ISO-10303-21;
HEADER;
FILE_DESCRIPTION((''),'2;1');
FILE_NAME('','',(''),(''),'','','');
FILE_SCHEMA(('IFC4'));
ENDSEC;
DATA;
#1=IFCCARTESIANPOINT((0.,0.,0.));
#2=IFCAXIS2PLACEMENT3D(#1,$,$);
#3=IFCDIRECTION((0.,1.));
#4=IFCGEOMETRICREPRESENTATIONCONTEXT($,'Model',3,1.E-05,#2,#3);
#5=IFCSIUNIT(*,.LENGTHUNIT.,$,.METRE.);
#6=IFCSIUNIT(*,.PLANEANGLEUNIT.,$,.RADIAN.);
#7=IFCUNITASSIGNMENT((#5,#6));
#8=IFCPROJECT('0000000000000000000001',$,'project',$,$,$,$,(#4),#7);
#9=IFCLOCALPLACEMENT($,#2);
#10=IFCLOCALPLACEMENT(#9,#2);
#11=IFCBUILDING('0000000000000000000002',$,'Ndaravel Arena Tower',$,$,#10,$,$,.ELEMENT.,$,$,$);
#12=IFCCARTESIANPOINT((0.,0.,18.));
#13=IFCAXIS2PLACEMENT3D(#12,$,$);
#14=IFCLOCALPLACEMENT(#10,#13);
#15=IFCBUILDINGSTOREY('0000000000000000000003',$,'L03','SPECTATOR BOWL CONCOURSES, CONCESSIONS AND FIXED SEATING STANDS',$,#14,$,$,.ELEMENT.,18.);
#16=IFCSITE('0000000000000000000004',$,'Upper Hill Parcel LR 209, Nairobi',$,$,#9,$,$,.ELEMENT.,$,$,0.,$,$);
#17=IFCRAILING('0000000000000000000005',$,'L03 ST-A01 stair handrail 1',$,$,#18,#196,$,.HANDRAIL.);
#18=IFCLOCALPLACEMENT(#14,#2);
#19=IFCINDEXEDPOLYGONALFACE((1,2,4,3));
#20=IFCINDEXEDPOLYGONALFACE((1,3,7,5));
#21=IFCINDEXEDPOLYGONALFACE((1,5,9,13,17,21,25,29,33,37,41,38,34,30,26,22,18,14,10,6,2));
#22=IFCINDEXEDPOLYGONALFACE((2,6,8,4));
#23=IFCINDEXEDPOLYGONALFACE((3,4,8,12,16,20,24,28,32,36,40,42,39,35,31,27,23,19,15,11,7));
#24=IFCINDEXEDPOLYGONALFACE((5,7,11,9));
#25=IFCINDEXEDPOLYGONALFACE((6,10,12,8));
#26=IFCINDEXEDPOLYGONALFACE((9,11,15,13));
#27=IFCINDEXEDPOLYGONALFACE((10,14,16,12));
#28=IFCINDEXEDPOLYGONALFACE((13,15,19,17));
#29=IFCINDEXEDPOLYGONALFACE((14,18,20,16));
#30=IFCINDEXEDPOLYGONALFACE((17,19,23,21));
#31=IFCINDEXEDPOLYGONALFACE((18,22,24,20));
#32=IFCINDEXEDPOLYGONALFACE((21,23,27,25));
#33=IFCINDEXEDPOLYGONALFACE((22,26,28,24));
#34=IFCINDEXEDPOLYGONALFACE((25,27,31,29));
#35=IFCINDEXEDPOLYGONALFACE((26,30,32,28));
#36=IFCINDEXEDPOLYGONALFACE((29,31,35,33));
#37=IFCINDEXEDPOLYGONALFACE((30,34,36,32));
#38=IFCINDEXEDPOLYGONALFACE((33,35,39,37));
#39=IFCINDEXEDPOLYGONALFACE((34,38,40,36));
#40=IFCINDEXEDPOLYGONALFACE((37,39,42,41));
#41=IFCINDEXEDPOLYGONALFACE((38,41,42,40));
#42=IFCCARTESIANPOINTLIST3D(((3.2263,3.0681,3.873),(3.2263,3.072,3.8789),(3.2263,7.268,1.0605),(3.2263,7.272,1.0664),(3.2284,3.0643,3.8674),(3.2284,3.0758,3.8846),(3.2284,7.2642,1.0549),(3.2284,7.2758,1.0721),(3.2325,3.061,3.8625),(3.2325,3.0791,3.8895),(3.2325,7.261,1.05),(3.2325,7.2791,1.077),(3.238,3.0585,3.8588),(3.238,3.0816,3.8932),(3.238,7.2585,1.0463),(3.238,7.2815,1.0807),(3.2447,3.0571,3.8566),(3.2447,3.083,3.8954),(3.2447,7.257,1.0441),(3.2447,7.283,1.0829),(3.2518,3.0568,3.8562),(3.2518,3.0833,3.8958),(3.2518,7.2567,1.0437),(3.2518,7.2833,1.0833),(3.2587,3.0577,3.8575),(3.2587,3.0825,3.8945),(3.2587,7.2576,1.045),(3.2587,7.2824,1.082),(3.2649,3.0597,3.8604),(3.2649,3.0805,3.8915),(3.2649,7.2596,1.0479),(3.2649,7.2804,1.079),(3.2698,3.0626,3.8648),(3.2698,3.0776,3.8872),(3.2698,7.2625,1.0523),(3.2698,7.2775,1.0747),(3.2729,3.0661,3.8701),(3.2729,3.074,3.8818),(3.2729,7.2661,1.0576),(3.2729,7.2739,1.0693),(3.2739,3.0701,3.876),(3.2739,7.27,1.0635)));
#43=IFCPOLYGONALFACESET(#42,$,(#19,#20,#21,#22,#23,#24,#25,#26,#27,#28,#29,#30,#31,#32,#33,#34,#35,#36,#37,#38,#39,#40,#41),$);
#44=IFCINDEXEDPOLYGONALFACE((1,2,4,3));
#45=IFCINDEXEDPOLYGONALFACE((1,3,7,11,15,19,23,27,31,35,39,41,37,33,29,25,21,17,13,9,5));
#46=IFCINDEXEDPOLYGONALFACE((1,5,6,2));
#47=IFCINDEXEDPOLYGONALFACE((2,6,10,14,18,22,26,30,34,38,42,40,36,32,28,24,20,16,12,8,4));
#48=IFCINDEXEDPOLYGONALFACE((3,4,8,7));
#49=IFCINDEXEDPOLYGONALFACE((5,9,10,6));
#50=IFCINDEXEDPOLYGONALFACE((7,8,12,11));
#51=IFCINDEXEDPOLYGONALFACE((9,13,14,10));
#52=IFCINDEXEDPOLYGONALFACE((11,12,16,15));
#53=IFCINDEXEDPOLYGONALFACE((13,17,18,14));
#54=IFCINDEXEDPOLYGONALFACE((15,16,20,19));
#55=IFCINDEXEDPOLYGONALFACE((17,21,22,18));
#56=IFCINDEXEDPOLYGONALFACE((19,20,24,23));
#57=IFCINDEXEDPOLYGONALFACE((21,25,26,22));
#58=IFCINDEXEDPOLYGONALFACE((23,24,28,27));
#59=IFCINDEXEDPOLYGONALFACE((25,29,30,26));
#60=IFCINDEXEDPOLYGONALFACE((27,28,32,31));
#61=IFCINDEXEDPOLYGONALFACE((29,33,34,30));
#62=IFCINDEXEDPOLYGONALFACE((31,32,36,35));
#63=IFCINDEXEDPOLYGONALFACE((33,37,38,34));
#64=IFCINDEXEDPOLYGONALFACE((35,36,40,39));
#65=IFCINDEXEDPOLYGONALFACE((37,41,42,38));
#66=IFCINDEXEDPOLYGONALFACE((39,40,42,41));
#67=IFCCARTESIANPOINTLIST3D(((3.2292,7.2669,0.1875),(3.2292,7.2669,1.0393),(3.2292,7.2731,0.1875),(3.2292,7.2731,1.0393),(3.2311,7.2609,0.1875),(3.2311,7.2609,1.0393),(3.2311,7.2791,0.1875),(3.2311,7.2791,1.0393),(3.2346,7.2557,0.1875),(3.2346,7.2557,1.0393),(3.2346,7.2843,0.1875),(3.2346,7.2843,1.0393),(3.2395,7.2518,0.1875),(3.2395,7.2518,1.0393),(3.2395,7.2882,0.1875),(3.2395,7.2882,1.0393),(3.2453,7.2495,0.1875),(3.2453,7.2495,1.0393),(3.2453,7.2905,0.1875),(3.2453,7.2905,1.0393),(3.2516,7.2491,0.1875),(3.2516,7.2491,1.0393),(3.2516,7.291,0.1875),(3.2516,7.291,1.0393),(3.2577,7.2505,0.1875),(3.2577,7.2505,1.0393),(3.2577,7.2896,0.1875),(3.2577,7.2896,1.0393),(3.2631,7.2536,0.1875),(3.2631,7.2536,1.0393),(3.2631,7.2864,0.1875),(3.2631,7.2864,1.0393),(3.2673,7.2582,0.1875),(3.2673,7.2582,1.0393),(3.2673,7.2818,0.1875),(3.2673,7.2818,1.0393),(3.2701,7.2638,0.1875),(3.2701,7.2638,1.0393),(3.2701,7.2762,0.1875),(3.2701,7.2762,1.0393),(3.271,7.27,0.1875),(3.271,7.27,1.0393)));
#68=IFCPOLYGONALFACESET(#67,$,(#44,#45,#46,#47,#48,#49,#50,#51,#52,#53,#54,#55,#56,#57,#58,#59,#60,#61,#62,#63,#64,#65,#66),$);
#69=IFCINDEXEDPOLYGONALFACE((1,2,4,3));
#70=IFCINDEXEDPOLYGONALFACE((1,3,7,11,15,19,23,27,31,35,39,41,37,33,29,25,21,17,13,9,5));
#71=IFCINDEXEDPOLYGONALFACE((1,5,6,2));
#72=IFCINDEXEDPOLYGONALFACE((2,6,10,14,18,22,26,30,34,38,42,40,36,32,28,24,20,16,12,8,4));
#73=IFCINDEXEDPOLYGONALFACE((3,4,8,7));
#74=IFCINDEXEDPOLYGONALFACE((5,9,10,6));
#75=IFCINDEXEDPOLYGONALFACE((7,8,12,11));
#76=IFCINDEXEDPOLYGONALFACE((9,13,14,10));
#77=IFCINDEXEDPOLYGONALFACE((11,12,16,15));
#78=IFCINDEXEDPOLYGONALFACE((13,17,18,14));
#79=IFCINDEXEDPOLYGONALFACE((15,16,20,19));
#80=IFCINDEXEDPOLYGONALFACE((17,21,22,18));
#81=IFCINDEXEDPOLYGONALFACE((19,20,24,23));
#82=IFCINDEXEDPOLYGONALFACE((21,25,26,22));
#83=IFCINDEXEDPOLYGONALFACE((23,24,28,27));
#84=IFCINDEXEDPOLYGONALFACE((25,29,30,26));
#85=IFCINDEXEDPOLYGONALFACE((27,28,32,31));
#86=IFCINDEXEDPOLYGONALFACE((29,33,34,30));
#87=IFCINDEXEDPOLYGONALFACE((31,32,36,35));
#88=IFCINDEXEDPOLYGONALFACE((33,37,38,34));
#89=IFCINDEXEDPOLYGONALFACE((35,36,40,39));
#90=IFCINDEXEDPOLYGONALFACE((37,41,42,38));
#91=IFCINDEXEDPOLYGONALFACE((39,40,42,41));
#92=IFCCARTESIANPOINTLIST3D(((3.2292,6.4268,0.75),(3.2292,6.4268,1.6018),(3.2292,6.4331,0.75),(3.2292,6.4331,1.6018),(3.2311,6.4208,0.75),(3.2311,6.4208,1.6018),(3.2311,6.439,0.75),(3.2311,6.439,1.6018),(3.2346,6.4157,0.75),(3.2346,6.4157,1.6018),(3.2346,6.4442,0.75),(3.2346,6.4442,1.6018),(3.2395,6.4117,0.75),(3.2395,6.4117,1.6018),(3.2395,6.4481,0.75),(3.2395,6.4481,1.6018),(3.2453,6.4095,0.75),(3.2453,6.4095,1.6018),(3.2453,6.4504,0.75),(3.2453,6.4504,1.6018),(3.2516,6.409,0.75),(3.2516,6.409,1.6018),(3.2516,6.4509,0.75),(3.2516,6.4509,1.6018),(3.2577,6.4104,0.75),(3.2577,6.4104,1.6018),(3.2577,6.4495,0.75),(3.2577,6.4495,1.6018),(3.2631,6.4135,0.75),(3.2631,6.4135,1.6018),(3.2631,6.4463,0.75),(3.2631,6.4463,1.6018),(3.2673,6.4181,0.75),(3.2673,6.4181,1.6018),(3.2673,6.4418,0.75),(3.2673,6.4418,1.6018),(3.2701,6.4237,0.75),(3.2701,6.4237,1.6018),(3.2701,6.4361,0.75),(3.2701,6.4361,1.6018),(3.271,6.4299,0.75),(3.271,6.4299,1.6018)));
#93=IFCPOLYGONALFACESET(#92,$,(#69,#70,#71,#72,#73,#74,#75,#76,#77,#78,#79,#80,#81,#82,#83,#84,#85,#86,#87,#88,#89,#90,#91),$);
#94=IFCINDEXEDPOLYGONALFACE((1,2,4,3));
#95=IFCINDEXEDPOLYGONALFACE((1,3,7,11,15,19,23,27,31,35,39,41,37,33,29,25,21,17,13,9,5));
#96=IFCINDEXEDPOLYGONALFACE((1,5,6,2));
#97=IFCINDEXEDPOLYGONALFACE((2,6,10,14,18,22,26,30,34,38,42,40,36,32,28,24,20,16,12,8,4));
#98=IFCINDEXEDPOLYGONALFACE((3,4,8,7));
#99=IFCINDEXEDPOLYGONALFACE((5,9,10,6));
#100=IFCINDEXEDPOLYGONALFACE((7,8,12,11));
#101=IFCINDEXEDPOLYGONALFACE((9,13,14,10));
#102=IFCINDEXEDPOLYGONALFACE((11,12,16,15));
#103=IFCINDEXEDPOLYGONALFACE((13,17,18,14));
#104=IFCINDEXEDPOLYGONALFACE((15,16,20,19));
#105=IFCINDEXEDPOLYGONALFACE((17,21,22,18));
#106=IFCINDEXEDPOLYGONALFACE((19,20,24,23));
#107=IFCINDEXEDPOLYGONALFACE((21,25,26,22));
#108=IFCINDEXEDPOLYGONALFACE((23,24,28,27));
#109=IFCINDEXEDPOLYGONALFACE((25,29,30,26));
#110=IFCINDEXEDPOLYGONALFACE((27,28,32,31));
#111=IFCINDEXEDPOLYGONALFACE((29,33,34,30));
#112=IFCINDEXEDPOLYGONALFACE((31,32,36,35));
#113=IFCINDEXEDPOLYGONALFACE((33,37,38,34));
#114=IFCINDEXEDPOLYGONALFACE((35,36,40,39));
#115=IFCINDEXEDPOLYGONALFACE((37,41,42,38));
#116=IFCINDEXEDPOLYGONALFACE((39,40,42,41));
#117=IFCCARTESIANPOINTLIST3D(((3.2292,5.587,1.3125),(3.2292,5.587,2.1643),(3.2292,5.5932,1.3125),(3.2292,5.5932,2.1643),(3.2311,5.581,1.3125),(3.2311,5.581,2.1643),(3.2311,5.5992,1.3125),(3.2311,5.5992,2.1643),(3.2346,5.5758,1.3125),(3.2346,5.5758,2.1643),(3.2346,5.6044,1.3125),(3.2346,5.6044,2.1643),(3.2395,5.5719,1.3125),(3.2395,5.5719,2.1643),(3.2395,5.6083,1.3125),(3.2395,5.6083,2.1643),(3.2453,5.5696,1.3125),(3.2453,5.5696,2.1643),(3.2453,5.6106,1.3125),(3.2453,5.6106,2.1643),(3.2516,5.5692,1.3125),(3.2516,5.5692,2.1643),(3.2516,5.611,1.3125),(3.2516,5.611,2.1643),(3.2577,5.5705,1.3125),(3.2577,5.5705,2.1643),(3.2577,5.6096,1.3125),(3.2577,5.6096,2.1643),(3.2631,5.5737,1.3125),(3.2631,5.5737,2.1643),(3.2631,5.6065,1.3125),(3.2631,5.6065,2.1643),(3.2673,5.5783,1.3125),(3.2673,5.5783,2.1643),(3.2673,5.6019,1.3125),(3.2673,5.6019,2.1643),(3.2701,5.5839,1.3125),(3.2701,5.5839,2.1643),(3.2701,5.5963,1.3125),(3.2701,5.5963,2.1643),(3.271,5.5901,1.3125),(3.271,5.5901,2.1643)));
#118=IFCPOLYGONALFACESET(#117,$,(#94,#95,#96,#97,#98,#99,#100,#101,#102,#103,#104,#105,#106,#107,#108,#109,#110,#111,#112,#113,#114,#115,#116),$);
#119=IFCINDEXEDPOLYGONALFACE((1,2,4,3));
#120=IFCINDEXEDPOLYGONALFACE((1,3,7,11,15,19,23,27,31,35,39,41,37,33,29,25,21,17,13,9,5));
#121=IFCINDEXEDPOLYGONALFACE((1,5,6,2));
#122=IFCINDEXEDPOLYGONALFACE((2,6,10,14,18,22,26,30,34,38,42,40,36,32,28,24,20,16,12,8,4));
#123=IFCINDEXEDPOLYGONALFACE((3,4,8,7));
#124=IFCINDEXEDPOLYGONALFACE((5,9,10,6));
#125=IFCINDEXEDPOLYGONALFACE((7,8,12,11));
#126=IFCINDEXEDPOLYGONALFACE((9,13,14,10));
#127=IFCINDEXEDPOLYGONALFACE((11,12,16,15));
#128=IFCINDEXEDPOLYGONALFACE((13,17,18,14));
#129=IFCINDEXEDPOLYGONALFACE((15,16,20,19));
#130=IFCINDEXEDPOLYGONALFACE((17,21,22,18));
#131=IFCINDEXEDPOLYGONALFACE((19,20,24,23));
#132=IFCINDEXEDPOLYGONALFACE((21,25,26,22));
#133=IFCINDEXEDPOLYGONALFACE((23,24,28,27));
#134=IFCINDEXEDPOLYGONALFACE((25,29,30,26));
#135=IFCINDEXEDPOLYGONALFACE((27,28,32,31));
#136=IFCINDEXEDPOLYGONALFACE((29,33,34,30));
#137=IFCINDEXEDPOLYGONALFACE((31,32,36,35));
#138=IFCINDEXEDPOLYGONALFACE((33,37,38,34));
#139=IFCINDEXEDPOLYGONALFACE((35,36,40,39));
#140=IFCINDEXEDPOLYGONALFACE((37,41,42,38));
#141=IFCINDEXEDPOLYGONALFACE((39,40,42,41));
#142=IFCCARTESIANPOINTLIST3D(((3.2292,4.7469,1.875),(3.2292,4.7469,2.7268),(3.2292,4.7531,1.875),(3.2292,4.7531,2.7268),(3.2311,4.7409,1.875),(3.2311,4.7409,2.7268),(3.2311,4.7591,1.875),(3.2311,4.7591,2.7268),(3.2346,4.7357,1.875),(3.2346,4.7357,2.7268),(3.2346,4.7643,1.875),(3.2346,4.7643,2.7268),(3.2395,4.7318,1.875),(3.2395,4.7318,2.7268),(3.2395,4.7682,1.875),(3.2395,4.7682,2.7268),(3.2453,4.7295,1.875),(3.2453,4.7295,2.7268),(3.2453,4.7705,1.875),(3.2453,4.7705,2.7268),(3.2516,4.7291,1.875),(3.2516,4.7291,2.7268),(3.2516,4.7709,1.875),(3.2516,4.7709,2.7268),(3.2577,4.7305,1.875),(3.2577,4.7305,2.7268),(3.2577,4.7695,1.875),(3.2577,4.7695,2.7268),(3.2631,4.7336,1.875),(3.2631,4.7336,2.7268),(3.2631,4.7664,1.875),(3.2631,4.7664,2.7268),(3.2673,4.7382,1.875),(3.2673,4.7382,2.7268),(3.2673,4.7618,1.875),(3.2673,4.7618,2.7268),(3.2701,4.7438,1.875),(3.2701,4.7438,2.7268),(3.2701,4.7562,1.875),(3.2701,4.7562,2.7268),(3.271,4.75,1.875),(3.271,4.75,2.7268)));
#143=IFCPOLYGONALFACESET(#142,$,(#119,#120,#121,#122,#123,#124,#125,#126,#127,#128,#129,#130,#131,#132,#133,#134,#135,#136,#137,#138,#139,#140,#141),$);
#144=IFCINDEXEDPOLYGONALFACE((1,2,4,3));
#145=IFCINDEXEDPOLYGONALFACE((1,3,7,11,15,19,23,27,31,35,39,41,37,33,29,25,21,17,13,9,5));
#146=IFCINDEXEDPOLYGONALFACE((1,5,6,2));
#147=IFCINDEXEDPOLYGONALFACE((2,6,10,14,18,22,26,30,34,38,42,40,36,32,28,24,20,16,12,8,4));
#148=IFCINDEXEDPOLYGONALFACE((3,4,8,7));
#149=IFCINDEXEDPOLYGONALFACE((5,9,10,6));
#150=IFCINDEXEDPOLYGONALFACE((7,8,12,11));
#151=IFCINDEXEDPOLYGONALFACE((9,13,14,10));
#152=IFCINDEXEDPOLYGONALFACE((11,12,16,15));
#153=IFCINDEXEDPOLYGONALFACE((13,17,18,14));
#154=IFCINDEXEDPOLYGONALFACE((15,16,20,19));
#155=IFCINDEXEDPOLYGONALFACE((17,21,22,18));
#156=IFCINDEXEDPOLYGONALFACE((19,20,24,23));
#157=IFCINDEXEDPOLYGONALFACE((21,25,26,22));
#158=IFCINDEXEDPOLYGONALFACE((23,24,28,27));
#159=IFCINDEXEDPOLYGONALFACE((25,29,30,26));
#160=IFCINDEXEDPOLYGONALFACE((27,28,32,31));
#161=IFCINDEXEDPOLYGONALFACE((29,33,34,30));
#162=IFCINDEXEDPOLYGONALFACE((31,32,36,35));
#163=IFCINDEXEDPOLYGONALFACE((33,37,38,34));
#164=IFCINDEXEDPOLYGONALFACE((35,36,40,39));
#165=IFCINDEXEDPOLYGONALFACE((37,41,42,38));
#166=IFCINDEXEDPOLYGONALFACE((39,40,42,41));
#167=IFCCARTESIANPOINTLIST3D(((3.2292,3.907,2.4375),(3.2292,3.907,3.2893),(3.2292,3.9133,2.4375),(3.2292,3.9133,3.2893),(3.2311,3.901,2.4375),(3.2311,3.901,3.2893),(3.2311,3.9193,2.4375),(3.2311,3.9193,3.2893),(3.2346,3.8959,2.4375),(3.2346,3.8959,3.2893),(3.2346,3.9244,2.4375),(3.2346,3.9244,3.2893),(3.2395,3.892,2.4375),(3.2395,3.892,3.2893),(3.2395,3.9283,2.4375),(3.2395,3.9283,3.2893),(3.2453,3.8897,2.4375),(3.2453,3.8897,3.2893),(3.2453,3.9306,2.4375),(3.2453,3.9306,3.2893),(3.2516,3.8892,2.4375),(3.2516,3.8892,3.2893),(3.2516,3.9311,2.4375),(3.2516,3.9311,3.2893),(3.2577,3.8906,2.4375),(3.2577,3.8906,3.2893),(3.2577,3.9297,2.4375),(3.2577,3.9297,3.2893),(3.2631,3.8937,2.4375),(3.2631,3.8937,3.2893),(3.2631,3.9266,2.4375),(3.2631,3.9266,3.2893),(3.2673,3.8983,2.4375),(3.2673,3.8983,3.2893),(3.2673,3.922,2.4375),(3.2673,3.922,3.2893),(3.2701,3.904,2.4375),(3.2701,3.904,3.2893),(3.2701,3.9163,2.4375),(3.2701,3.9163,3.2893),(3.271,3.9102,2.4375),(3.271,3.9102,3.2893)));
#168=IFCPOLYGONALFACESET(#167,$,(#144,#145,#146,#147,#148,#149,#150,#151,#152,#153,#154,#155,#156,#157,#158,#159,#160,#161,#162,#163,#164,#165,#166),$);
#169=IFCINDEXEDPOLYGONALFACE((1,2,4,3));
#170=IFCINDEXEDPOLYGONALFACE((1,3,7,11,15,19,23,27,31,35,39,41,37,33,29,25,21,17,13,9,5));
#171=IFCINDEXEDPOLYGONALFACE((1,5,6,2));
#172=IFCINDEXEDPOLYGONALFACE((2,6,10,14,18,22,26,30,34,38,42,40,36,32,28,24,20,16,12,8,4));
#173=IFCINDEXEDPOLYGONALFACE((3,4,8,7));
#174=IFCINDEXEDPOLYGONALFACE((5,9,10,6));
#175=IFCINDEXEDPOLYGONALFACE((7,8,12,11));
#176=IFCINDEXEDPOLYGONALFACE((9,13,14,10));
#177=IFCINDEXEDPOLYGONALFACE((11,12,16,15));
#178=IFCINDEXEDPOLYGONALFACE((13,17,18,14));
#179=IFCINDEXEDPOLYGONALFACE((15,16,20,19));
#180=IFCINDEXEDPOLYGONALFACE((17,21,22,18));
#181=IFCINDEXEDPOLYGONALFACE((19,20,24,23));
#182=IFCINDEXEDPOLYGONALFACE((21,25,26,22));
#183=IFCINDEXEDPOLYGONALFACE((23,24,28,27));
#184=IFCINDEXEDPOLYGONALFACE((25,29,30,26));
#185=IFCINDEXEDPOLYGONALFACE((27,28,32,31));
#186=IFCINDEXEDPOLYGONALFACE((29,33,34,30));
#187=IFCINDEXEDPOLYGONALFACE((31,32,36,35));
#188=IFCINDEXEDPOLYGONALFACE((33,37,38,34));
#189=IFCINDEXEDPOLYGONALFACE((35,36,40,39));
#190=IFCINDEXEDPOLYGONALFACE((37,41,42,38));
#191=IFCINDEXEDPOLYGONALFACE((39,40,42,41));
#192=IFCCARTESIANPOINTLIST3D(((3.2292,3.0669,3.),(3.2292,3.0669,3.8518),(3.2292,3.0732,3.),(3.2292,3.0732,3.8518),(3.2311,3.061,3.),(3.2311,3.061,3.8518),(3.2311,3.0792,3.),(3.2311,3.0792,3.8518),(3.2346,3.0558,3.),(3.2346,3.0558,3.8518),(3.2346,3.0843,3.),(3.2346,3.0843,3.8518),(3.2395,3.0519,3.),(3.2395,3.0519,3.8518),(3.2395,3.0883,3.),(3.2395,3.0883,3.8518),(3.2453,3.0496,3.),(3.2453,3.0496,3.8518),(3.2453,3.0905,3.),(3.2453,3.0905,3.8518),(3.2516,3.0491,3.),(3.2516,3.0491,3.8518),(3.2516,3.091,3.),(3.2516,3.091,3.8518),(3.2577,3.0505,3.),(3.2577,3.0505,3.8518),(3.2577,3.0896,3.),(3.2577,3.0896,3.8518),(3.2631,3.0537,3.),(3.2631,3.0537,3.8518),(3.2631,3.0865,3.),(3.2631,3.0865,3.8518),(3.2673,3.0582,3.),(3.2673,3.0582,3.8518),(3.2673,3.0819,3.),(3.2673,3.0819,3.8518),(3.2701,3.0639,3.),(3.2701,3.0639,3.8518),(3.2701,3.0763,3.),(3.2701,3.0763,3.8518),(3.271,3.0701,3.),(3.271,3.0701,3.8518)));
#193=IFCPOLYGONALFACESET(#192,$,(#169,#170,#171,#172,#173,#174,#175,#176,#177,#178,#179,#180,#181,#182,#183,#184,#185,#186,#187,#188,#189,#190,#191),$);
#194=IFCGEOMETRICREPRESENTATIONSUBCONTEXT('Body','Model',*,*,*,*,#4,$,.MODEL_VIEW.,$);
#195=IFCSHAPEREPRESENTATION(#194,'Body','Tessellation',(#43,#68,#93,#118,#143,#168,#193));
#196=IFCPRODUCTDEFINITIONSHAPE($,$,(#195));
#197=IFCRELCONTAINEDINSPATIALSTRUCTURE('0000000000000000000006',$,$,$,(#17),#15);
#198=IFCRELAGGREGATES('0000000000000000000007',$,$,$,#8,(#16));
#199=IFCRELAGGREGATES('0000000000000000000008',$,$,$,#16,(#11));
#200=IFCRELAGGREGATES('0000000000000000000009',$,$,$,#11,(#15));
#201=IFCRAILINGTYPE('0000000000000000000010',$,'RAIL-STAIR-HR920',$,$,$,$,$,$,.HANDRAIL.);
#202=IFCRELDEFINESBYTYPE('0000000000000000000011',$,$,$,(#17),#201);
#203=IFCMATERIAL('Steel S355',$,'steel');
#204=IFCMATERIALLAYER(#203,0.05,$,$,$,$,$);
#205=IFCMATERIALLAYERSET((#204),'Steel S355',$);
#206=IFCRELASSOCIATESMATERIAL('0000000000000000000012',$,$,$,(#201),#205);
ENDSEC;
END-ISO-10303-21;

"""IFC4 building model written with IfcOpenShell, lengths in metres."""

from ifc_helpers import new_model, si_unit, direction, frame, origin, origin_2d, place, context, subcontext, project, spatial, circle, extrude, material, layer, layer_set, type_object, element, save


model = new_model("IFC4")

# Units and contexts
model_context = context("Model", 3, precision=1e-05, world=origin(), true_north=direction((0.0, 1.0)))
body_context = subcontext(model_context, "Body", "Model", "MODEL_VIEW")
ifc_project = project(units=[si_unit("LENGTHUNIT", "METRE"), si_unit("PLANEANGLEUNIT", "RADIAN")], contexts=[model_context])

# Site, building, storey
site_placement = place(None, origin())
site = spatial("IfcSite", under=ifc_project, at=site_placement, Name="Upper Hill Parcel LR 209, Nairobi", CompositionType="ELEMENT", RefElevation=0.0)
building_placement = place(site_placement, origin())
building = spatial("IfcBuilding", under=site, at=building_placement, Name="Ndaravel Arena Tower", CompositionType="ELEMENT")
storey_placement = place(building_placement, frame((0.0, 0.0, 18.0)))
storey = spatial("IfcBuildingStorey", under=building, at=storey_placement, Name="L03", Description="SPECTATOR BOWL CONCOURSES, CONCESSIONS AND FIXED SEATING STANDS", CompositionType="ELEMENT", Elevation=18.0)

# Railing
ifc_material_1 = material(Name="Steel S355", Category="steel")
ifc_layer_1 = layer(ifc_material_1, 0.05)
ifc_layer_set_1 = layer_set([ifc_layer_1], Name="Steel S355")
railing_type_1 = type_object("IfcRailingType", Name="RAIL-STAIR-HR920", PredefinedType="HANDRAIL", material=ifc_layer_set_1)
railing_1_placement = place(storey_placement, frame((3.25, 7.27, 0.1875)))
element("IfcRailing", 1, at=railing_1_placement, inside=storey, type_object=railing_type_1, Name="L03 ST-A01 stair handrail 1", PredefinedType="HANDRAIL", context=body_context, shape_type="SweptSolid", body=[
    extrude(circle(Radius=0.0239, at=origin_2d()), frame((0.0, 0.0, 0.876), z_axis=(0.0, -0.830904, 0.556416), x_axis=(1.0, 0.0, 0.0)), (0.0, 0.0, 1.0), 5.0547),
    extrude(circle(Radius=0.021, at=origin_2d()), origin(), (0.0, 0.0, 1.0), 0.8518),
    extrude(circle(Radius=0.021, at=origin_2d()), frame((0.0, -0.8401, 0.5625)), (0.0, 0.0, 1.0), 0.8518),
    extrude(circle(Radius=0.021, at=origin_2d()), frame((0.0, -1.6799, 1.125)), (0.0, 0.0, 1.0), 0.8518),
    extrude(circle(Radius=0.021, at=origin_2d()), frame((0.0, -2.52, 1.6875)), (0.0, 0.0, 1.0), 0.8518),
    extrude(circle(Radius=0.021, at=origin_2d()), frame((0.0, -3.3599, 2.25)), (0.0, 0.0, 1.0), 0.8518),
    extrude(circle(Radius=0.021, at=origin_2d()), frame((0.0, -4.2, 2.8125)), (0.0, 0.0, 1.0), 0.8518),
])

save(model, "model.ifc")
